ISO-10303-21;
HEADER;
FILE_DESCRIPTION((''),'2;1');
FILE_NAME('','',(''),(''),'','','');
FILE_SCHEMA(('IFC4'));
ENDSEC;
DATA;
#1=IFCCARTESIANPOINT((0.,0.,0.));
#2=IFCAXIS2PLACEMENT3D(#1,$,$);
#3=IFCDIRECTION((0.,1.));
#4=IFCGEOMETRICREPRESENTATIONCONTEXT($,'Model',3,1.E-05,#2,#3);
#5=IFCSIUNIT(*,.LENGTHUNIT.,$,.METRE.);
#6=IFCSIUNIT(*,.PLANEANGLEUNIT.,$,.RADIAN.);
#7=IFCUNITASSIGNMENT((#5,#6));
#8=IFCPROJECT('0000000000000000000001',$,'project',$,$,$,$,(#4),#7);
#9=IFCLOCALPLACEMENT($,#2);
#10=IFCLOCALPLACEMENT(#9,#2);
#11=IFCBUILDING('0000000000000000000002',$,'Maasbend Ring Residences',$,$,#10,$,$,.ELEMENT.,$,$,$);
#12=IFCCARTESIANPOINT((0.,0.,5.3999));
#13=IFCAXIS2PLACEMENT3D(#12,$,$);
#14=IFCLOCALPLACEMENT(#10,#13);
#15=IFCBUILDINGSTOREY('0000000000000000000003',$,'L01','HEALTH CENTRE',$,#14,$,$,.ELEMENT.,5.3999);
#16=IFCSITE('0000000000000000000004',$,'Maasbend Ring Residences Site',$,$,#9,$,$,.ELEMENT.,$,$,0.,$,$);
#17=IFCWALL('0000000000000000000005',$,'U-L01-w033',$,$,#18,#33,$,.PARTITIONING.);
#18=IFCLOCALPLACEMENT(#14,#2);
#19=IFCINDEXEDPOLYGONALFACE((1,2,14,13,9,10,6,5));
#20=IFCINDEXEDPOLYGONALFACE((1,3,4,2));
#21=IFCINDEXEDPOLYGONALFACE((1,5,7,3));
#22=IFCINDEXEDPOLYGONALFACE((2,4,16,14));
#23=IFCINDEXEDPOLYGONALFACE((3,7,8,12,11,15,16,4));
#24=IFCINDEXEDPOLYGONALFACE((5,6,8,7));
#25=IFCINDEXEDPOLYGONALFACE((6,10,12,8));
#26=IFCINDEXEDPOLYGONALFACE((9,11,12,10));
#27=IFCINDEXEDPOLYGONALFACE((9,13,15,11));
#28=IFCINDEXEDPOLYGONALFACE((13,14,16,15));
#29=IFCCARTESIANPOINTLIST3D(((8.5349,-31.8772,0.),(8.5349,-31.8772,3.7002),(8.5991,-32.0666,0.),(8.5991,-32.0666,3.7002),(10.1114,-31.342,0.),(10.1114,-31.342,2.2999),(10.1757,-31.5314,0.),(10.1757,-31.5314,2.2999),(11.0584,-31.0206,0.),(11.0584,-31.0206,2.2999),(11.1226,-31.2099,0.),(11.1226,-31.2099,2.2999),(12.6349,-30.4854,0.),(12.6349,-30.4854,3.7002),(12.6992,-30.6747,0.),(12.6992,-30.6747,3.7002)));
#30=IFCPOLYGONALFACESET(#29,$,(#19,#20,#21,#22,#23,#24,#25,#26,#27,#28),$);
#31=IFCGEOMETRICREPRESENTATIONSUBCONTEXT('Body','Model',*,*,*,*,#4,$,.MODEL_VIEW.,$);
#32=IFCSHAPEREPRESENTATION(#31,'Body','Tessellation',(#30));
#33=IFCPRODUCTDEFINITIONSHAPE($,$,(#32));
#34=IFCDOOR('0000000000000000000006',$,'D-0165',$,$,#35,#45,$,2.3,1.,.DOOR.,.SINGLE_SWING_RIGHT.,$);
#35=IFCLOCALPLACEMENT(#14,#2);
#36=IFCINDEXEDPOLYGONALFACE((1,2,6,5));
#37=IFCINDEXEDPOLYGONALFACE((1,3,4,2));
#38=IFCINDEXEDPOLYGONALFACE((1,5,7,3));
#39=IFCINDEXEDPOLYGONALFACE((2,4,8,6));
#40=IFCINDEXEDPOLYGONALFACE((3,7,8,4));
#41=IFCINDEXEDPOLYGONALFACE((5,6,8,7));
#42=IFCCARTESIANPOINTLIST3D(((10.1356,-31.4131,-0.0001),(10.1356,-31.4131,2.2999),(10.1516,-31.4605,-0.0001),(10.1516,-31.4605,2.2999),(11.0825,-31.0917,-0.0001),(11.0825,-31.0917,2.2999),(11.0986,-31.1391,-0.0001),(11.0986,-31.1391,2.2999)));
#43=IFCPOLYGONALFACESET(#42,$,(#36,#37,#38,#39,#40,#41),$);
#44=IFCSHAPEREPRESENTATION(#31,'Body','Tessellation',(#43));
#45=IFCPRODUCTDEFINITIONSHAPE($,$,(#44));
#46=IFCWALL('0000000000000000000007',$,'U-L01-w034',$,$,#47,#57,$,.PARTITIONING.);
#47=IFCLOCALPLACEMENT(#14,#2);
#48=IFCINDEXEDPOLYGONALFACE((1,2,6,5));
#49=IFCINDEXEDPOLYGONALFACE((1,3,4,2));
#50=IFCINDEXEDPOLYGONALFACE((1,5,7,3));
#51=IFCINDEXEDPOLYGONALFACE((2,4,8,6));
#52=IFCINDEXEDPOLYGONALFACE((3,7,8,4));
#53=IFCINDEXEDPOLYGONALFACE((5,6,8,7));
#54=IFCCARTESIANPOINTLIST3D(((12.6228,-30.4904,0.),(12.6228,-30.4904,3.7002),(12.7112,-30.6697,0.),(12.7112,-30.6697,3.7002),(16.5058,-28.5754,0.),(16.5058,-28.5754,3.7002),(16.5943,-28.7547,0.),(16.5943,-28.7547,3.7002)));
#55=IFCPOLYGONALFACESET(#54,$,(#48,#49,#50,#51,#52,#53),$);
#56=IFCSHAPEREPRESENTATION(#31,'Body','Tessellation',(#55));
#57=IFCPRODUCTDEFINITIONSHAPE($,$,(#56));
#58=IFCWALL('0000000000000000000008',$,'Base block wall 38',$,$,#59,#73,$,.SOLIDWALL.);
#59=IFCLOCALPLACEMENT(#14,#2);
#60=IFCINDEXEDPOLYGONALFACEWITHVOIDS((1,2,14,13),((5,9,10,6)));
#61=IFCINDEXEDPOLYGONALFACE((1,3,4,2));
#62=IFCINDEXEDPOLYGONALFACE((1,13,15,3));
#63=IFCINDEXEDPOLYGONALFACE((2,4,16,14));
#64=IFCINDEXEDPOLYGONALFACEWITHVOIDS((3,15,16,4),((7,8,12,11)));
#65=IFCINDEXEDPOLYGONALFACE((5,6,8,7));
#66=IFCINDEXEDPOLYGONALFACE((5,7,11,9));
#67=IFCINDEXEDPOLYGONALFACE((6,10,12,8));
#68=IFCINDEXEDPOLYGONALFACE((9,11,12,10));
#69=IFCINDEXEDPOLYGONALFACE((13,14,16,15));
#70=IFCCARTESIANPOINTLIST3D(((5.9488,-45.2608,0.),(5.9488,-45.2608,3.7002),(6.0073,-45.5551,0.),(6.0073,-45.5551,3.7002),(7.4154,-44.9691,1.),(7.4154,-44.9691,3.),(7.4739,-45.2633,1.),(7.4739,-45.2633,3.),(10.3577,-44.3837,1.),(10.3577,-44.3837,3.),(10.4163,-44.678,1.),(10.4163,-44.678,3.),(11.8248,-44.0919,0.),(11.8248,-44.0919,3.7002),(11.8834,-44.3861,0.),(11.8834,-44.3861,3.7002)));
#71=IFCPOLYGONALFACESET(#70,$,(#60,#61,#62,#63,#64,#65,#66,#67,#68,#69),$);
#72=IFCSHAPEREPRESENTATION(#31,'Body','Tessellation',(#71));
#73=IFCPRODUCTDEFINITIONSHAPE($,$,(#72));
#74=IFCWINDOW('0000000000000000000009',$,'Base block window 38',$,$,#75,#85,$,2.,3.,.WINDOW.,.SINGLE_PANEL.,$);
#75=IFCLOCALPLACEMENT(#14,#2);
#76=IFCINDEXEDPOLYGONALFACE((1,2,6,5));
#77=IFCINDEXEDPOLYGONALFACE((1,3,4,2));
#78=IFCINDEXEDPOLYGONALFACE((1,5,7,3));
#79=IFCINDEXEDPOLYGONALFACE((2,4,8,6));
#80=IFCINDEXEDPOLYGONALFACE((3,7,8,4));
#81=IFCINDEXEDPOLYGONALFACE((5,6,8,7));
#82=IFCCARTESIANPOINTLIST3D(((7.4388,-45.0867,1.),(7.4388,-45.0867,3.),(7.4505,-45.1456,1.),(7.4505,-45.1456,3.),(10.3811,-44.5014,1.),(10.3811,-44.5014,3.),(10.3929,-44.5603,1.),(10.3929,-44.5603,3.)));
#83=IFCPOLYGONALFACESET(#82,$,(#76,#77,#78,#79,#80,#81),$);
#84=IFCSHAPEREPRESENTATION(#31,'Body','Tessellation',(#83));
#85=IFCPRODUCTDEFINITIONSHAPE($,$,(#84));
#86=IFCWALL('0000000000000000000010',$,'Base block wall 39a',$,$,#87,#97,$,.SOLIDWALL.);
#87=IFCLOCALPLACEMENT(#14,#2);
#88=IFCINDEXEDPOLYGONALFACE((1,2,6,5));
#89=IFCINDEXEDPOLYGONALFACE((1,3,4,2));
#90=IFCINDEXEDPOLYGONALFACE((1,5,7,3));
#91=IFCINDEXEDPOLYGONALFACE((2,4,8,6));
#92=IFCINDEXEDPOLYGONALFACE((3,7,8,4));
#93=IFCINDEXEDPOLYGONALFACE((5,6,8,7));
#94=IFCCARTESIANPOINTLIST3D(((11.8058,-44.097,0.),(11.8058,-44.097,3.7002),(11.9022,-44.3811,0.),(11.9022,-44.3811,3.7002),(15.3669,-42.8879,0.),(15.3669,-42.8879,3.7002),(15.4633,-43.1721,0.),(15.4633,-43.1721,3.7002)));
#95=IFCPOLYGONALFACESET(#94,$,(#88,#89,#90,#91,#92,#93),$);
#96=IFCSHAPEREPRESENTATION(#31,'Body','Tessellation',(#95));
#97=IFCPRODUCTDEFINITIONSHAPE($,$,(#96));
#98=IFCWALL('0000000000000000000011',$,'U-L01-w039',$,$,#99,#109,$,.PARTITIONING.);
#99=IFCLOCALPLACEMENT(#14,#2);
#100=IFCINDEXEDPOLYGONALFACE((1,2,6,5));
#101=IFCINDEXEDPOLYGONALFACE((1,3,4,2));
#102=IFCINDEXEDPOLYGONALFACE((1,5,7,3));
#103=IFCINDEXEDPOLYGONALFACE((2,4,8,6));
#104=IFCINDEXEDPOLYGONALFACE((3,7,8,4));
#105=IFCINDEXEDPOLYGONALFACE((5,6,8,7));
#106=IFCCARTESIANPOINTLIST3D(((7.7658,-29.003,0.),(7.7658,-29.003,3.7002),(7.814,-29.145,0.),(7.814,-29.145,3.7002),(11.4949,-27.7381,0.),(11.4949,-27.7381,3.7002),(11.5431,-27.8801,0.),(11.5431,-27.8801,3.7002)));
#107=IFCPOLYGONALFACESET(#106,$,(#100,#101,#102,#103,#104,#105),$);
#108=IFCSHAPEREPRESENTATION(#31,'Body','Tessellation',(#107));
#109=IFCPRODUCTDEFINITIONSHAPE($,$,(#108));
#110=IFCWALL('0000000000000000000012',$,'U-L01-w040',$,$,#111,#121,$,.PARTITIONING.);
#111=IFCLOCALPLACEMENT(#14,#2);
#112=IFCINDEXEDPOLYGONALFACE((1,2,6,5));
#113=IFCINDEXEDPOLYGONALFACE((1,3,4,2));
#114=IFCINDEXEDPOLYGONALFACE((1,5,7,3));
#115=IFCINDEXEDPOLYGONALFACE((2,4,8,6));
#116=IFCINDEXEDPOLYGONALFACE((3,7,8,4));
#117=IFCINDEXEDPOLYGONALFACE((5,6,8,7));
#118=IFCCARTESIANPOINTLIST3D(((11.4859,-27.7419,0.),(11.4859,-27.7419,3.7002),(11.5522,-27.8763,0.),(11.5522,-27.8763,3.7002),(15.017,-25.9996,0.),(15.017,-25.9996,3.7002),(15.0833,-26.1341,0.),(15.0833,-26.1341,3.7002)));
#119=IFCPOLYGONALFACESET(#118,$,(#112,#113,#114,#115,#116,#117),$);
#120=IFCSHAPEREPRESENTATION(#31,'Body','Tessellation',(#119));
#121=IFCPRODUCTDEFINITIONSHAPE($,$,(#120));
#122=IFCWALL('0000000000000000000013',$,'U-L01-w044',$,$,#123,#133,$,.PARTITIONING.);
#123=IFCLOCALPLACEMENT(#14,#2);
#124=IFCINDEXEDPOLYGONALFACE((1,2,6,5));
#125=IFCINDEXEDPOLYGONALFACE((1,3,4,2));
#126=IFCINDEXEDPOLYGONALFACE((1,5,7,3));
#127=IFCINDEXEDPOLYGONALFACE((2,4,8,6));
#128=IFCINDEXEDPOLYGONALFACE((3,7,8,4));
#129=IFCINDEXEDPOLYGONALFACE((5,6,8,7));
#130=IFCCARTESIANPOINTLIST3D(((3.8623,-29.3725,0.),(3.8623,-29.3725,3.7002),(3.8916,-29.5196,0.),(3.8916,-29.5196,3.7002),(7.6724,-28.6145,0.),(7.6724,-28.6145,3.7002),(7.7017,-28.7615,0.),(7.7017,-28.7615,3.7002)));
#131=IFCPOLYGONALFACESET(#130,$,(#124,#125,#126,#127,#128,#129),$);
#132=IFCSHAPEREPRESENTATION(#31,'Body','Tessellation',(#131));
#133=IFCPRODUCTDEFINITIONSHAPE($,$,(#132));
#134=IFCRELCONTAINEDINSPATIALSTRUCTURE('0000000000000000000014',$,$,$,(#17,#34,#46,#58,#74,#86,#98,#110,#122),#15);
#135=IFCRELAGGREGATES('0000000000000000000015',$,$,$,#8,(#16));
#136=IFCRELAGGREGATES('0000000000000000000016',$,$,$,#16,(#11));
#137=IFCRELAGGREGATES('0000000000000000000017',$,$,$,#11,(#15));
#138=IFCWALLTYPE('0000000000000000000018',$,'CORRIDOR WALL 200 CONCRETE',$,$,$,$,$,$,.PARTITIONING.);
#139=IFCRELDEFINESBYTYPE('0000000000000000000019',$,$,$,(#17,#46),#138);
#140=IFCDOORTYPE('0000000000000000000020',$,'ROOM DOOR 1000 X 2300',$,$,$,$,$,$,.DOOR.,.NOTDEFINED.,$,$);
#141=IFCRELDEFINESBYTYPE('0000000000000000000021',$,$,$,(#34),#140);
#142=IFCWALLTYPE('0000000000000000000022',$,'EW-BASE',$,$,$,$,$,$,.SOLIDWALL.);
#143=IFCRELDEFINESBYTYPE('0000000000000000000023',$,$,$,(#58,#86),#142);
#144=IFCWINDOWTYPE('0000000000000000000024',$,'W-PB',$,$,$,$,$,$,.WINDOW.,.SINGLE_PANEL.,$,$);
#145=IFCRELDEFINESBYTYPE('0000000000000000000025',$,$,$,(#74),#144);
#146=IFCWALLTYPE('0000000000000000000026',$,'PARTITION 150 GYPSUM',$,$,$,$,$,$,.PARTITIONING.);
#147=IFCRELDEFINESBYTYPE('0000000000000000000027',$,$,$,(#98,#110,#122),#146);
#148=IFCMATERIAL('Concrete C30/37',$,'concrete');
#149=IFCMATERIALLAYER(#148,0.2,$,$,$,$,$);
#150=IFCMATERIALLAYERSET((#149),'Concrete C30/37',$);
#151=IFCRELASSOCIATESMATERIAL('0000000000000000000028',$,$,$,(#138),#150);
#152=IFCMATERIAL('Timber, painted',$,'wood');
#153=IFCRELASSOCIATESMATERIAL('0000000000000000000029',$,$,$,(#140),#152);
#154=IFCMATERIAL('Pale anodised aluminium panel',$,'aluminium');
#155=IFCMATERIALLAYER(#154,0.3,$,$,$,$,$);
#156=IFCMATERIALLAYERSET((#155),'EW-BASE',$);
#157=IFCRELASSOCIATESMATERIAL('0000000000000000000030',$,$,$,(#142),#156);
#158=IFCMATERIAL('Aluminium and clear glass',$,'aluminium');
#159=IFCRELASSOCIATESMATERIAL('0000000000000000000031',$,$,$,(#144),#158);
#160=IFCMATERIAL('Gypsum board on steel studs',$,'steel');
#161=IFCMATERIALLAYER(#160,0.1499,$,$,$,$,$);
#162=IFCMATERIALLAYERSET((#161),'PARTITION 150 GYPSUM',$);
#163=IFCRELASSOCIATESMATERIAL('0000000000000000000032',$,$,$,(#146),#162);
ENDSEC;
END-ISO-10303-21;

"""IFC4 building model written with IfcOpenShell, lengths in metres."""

from ifc_helpers import new_model, si_unit, direction, frame, frame_2d, origin, place, context, subcontext, project, spatial, rectangle, extrude, material, layer, layer_set, type_object, element, fill, save


model = new_model("IFC4")

# Units and contexts
model_context = context("Model", 3, precision=1e-05, world=origin(), true_north=direction((0.0, 1.0)))
body_context = subcontext(model_context, "Body", "Model", "MODEL_VIEW")
ifc_project = project(units=[si_unit("LENGTHUNIT", "METRE"), si_unit("PLANEANGLEUNIT", "RADIAN")], contexts=[model_context])

# Site, building, storey
site_placement = place(None, origin())
site = spatial("IfcSite", under=ifc_project, at=site_placement, Name="Maasbend Ring Residences Site", CompositionType="ELEMENT", RefElevation=0.0)
building_placement = place(site_placement, origin())
building = spatial("IfcBuilding", under=site, at=building_placement, Name="Maasbend Ring Residences", CompositionType="ELEMENT")
storey_placement = place(building_placement, frame((0.0, 0.0, 5.3999)))
storey = spatial("IfcBuildingStorey", under=building, at=storey_placement, Name="L01", Description="HEALTH CENTRE", CompositionType="ELEMENT", Elevation=5.3999)

# Shared definitions
ifc_material_1 = material(Name="Concrete C30/37", Category="concrete")
ifc_layer_1 = layer(ifc_material_1, 0.2)
ifc_layer_set_1 = layer_set([ifc_layer_1], Name="Concrete C30/37")
wall_type_1 = type_object("IfcWallType", Name="CORRIDOR WALL 200 CONCRETE", PredefinedType="PARTITIONING", material=ifc_layer_set_1)

# Wall, opening, door
ifc_material_2 = material(Name="Timber, painted", Category="wood")
door_type = type_object("IfcDoorType", Name="ROOM DOOR 1000 X 2300", OperationType="NOTDEFINED", PredefinedType="DOOR", material=ifc_material_2)
wall_1_placement = place(storey_placement, frame((8.5669, -31.9719, 0.0), z_axis=(0.0, 0.0, 1.0), x_axis=(0.946927, 0.32145, 0.0)))
wall_1 = element("IfcWall", 1, at=wall_1_placement, inside=storey, type_object=wall_type_1, Name="U-L01-w033", PredefinedType="PARTITIONING", context=body_context, shape_type="SweptSolid", body=[
    extrude(rectangle(XDim=4.3298, YDim=0.2, at=frame_2d((2.165, 0.0))), origin(), (0.0, 0.0, 1.0), 3.7002),
])
opening_1_placement = place(wall_1_placement, frame((1.665, 0.0, 0.0)))
opening_1 = element("IfcOpeningElement", 2, at=opening_1_placement, cuts=wall_1, PredefinedType="OPENING", context=body_context, shape_type="SweptSolid", body=[
    extrude(rectangle(XDim=1.0, YDim=2.3, at=frame_2d((0.5, 1.1499))), frame((0.0, 0.1099, 0.0), z_axis=(0.0, -1.0, 0.0), x_axis=(1.0, 0.0, 0.0)), (0.0, 0.0, 1.0), 0.22),
])
door_1_placement = place(opening_1_placement, origin())
door_1 = element("IfcDoor", 3, at=door_1_placement, inside=storey, type_object=door_type, Name="D-0165", OperationType="SINGLE_SWING_RIGHT", OverallHeight=2.3, OverallWidth=1.0, PredefinedType="DOOR", context=body_context, shape_type="SweptSolid", body=[
    extrude(rectangle(XDim=1.0, YDim=2.3, at=frame_2d((0.5, 1.1499))), frame((0.0, 0.0249, 0.0), z_axis=(0.0, -1.0, 0.0), x_axis=(1.0, 0.0, 0.0)), (0.0, 0.0, 1.0), 0.05),
])
fill(opening_1, door_1)

# Wall
wall_2_placement = place(storey_placement, frame((12.667, -30.5801, 0.0), z_axis=(0.0, 0.0, 1.0), x_axis=(0.896861, 0.442312, 0.0)))
element("IfcWall", 4, at=wall_2_placement, inside=storey, type_object=wall_type_1, Name="U-L01-w034", PredefinedType="PARTITIONING", context=body_context, shape_type="SweptSolid", body=[
    extrude(rectangle(XDim=4.3296, YDim=0.2, at=frame_2d((2.1648, 0.0))), origin(), (0.0, 0.0, 1.0), 3.7002),
])

# Wall, opening, window
ifc_material_3 = material(Name="Pale anodised aluminium panel", Category="aluminium")
ifc_layer_2 = layer(ifc_material_3, 0.3)
ifc_layer_set_2 = layer_set([ifc_layer_2], Name="EW-BASE")
wall_type_2 = type_object("IfcWallType", Name="EW-BASE", PredefinedType="SOLIDWALL", material=ifc_layer_set_2)
wall_3_placement = place(storey_placement, frame((5.978, -45.408, 0.0), z_axis=(0.0, 0.0, 1.0), x_axis=(0.980781, 0.195113, 0.0)))
wall_3 = element("IfcWall", 5, at=wall_3_placement, inside=storey, type_object=wall_type_2, Name="Base block wall 38", PredefinedType="SOLIDWALL", context=body_context, shape_type="SweptSolid", body=[
    extrude(rectangle(XDim=5.9912, YDim=0.3, at=frame_2d((2.9956, 0.0))), origin(), (0.0, 0.0, 1.0), 3.7002),
])
opening_2_placement = place(wall_3_placement, frame((1.4954, 0.0, 1.0)))
opening_2 = element("IfcOpeningElement", 6, at=opening_2_placement, cuts=wall_3, PredefinedType="OPENING", context=body_context, shape_type="SweptSolid", body=[
    extrude(rectangle(XDim=3.0, YDim=2.0, at=frame_2d((1.5, 1.0))), frame((0.0, 0.1602, 0.0), z_axis=(0.0, -1.0, 0.0), x_axis=(1.0, 0.0, 0.0)), (0.0, 0.0, 1.0), 0.3201),
])
ifc_material_4 = material(Name="Aluminium and clear glass", Category="aluminium")
window_type = type_object("IfcWindowType", Name="W-PB", PartitioningType="SINGLE_PANEL", PredefinedType="WINDOW", material=ifc_material_4)
window_placement = place(opening_2_placement, origin())
window = element("IfcWindow", 7, at=window_placement, inside=storey, type_object=window_type, Name="Base block window 38", OverallHeight=2.0, OverallWidth=3.0, PartitioningType="SINGLE_PANEL", PredefinedType="WINDOW", context=body_context, shape_type="SweptSolid", body=[
    extrude(rectangle(XDim=3.0, YDim=2.0, at=frame_2d((1.5, 1.0))), frame((0.0, 0.03, 0.0), z_axis=(0.0, -1.0, 0.0), x_axis=(1.0, 0.0, 0.0)), (0.0, 0.0, 1.0), 0.0601),
])
fill(opening_2, window)

# Walls
wall_4_placement = place(storey_placement, frame((11.854, -44.239, 0.0), z_axis=(0.0, 0.0, 1.0), x_axis=(0.946916, 0.321481, 0.0)))
element("IfcWall", 8, at=wall_4_placement, inside=storey, type_object=wall_type_2, Name="Base block wall 39a", PredefinedType="SOLIDWALL", context=body_context, shape_type="SweptSolid", body=[
    extrude(rectangle(XDim=3.7607, YDim=0.3, at=frame_2d((1.8804, 0.0))), origin(), (0.0, 0.0, 1.0), 3.7002),
])
ifc_material_5 = material(Name="Gypsum board on steel studs", Category="steel")
ifc_layer_3 = layer(ifc_material_5, 0.1499)
ifc_layer_set_3 = layer_set([ifc_layer_3], Name="PARTITION 150 GYPSUM")
wall_type_3 = type_object("IfcWallType", Name="PARTITION 150 GYPSUM", PredefinedType="PARTITIONING", material=ifc_layer_set_3)
wall_5_placement = place(storey_placement, frame((7.79, -29.074, 0.0), z_axis=(0.0, 0.0, 1.0), x_axis=(0.947002, 0.321227, 0.0)))
element("IfcWall", 9, at=wall_5_placement, inside=storey, type_object=wall_type_3, Name="U-L01-w039", PredefinedType="PARTITIONING", context=body_context, shape_type="SweptSolid", body=[
    extrude(rectangle(XDim=3.9377, YDim=0.1499, at=frame_2d((1.9688, 0.0))), origin(), (0.0, 0.0, 1.0), 3.7002),
])
wall_6_placement = place(storey_placement, frame((11.519, -27.8091, 0.0), z_axis=(0.0, 0.0, 1.0), x_axis=(0.896783, 0.44247, 0.0)))
element("IfcWall", 10, at=wall_6_placement, inside=storey, type_object=wall_type_3, Name="U-L01-w040", PredefinedType="PARTITIONING", context=body_context, shape_type="SweptSolid", body=[
    extrude(rectangle(XDim=3.9375, YDim=0.1499, at=frame_2d((1.9688, 0.0))), origin(), (0.0, 0.0, 1.0), 3.7002),
])
wall_7_placement = place(storey_placement, frame((3.877, -29.446, 0.0), z_axis=(0.0, 0.0, 1.0), x_axis=(0.980776, 0.195137, 0.0)))
element("IfcWall", 11, at=wall_7_placement, inside=storey, type_object=wall_type_3, Name="U-L01-w044", PredefinedType="PARTITIONING", context=body_context, shape_type="SweptSolid", body=[
    extrude(rectangle(XDim=3.8848, YDim=0.1499, at=frame_2d((1.9424, 0.0))), origin(), (0.0, 0.0, 1.0), 3.7002),
])

save(model, "model.ifc")
